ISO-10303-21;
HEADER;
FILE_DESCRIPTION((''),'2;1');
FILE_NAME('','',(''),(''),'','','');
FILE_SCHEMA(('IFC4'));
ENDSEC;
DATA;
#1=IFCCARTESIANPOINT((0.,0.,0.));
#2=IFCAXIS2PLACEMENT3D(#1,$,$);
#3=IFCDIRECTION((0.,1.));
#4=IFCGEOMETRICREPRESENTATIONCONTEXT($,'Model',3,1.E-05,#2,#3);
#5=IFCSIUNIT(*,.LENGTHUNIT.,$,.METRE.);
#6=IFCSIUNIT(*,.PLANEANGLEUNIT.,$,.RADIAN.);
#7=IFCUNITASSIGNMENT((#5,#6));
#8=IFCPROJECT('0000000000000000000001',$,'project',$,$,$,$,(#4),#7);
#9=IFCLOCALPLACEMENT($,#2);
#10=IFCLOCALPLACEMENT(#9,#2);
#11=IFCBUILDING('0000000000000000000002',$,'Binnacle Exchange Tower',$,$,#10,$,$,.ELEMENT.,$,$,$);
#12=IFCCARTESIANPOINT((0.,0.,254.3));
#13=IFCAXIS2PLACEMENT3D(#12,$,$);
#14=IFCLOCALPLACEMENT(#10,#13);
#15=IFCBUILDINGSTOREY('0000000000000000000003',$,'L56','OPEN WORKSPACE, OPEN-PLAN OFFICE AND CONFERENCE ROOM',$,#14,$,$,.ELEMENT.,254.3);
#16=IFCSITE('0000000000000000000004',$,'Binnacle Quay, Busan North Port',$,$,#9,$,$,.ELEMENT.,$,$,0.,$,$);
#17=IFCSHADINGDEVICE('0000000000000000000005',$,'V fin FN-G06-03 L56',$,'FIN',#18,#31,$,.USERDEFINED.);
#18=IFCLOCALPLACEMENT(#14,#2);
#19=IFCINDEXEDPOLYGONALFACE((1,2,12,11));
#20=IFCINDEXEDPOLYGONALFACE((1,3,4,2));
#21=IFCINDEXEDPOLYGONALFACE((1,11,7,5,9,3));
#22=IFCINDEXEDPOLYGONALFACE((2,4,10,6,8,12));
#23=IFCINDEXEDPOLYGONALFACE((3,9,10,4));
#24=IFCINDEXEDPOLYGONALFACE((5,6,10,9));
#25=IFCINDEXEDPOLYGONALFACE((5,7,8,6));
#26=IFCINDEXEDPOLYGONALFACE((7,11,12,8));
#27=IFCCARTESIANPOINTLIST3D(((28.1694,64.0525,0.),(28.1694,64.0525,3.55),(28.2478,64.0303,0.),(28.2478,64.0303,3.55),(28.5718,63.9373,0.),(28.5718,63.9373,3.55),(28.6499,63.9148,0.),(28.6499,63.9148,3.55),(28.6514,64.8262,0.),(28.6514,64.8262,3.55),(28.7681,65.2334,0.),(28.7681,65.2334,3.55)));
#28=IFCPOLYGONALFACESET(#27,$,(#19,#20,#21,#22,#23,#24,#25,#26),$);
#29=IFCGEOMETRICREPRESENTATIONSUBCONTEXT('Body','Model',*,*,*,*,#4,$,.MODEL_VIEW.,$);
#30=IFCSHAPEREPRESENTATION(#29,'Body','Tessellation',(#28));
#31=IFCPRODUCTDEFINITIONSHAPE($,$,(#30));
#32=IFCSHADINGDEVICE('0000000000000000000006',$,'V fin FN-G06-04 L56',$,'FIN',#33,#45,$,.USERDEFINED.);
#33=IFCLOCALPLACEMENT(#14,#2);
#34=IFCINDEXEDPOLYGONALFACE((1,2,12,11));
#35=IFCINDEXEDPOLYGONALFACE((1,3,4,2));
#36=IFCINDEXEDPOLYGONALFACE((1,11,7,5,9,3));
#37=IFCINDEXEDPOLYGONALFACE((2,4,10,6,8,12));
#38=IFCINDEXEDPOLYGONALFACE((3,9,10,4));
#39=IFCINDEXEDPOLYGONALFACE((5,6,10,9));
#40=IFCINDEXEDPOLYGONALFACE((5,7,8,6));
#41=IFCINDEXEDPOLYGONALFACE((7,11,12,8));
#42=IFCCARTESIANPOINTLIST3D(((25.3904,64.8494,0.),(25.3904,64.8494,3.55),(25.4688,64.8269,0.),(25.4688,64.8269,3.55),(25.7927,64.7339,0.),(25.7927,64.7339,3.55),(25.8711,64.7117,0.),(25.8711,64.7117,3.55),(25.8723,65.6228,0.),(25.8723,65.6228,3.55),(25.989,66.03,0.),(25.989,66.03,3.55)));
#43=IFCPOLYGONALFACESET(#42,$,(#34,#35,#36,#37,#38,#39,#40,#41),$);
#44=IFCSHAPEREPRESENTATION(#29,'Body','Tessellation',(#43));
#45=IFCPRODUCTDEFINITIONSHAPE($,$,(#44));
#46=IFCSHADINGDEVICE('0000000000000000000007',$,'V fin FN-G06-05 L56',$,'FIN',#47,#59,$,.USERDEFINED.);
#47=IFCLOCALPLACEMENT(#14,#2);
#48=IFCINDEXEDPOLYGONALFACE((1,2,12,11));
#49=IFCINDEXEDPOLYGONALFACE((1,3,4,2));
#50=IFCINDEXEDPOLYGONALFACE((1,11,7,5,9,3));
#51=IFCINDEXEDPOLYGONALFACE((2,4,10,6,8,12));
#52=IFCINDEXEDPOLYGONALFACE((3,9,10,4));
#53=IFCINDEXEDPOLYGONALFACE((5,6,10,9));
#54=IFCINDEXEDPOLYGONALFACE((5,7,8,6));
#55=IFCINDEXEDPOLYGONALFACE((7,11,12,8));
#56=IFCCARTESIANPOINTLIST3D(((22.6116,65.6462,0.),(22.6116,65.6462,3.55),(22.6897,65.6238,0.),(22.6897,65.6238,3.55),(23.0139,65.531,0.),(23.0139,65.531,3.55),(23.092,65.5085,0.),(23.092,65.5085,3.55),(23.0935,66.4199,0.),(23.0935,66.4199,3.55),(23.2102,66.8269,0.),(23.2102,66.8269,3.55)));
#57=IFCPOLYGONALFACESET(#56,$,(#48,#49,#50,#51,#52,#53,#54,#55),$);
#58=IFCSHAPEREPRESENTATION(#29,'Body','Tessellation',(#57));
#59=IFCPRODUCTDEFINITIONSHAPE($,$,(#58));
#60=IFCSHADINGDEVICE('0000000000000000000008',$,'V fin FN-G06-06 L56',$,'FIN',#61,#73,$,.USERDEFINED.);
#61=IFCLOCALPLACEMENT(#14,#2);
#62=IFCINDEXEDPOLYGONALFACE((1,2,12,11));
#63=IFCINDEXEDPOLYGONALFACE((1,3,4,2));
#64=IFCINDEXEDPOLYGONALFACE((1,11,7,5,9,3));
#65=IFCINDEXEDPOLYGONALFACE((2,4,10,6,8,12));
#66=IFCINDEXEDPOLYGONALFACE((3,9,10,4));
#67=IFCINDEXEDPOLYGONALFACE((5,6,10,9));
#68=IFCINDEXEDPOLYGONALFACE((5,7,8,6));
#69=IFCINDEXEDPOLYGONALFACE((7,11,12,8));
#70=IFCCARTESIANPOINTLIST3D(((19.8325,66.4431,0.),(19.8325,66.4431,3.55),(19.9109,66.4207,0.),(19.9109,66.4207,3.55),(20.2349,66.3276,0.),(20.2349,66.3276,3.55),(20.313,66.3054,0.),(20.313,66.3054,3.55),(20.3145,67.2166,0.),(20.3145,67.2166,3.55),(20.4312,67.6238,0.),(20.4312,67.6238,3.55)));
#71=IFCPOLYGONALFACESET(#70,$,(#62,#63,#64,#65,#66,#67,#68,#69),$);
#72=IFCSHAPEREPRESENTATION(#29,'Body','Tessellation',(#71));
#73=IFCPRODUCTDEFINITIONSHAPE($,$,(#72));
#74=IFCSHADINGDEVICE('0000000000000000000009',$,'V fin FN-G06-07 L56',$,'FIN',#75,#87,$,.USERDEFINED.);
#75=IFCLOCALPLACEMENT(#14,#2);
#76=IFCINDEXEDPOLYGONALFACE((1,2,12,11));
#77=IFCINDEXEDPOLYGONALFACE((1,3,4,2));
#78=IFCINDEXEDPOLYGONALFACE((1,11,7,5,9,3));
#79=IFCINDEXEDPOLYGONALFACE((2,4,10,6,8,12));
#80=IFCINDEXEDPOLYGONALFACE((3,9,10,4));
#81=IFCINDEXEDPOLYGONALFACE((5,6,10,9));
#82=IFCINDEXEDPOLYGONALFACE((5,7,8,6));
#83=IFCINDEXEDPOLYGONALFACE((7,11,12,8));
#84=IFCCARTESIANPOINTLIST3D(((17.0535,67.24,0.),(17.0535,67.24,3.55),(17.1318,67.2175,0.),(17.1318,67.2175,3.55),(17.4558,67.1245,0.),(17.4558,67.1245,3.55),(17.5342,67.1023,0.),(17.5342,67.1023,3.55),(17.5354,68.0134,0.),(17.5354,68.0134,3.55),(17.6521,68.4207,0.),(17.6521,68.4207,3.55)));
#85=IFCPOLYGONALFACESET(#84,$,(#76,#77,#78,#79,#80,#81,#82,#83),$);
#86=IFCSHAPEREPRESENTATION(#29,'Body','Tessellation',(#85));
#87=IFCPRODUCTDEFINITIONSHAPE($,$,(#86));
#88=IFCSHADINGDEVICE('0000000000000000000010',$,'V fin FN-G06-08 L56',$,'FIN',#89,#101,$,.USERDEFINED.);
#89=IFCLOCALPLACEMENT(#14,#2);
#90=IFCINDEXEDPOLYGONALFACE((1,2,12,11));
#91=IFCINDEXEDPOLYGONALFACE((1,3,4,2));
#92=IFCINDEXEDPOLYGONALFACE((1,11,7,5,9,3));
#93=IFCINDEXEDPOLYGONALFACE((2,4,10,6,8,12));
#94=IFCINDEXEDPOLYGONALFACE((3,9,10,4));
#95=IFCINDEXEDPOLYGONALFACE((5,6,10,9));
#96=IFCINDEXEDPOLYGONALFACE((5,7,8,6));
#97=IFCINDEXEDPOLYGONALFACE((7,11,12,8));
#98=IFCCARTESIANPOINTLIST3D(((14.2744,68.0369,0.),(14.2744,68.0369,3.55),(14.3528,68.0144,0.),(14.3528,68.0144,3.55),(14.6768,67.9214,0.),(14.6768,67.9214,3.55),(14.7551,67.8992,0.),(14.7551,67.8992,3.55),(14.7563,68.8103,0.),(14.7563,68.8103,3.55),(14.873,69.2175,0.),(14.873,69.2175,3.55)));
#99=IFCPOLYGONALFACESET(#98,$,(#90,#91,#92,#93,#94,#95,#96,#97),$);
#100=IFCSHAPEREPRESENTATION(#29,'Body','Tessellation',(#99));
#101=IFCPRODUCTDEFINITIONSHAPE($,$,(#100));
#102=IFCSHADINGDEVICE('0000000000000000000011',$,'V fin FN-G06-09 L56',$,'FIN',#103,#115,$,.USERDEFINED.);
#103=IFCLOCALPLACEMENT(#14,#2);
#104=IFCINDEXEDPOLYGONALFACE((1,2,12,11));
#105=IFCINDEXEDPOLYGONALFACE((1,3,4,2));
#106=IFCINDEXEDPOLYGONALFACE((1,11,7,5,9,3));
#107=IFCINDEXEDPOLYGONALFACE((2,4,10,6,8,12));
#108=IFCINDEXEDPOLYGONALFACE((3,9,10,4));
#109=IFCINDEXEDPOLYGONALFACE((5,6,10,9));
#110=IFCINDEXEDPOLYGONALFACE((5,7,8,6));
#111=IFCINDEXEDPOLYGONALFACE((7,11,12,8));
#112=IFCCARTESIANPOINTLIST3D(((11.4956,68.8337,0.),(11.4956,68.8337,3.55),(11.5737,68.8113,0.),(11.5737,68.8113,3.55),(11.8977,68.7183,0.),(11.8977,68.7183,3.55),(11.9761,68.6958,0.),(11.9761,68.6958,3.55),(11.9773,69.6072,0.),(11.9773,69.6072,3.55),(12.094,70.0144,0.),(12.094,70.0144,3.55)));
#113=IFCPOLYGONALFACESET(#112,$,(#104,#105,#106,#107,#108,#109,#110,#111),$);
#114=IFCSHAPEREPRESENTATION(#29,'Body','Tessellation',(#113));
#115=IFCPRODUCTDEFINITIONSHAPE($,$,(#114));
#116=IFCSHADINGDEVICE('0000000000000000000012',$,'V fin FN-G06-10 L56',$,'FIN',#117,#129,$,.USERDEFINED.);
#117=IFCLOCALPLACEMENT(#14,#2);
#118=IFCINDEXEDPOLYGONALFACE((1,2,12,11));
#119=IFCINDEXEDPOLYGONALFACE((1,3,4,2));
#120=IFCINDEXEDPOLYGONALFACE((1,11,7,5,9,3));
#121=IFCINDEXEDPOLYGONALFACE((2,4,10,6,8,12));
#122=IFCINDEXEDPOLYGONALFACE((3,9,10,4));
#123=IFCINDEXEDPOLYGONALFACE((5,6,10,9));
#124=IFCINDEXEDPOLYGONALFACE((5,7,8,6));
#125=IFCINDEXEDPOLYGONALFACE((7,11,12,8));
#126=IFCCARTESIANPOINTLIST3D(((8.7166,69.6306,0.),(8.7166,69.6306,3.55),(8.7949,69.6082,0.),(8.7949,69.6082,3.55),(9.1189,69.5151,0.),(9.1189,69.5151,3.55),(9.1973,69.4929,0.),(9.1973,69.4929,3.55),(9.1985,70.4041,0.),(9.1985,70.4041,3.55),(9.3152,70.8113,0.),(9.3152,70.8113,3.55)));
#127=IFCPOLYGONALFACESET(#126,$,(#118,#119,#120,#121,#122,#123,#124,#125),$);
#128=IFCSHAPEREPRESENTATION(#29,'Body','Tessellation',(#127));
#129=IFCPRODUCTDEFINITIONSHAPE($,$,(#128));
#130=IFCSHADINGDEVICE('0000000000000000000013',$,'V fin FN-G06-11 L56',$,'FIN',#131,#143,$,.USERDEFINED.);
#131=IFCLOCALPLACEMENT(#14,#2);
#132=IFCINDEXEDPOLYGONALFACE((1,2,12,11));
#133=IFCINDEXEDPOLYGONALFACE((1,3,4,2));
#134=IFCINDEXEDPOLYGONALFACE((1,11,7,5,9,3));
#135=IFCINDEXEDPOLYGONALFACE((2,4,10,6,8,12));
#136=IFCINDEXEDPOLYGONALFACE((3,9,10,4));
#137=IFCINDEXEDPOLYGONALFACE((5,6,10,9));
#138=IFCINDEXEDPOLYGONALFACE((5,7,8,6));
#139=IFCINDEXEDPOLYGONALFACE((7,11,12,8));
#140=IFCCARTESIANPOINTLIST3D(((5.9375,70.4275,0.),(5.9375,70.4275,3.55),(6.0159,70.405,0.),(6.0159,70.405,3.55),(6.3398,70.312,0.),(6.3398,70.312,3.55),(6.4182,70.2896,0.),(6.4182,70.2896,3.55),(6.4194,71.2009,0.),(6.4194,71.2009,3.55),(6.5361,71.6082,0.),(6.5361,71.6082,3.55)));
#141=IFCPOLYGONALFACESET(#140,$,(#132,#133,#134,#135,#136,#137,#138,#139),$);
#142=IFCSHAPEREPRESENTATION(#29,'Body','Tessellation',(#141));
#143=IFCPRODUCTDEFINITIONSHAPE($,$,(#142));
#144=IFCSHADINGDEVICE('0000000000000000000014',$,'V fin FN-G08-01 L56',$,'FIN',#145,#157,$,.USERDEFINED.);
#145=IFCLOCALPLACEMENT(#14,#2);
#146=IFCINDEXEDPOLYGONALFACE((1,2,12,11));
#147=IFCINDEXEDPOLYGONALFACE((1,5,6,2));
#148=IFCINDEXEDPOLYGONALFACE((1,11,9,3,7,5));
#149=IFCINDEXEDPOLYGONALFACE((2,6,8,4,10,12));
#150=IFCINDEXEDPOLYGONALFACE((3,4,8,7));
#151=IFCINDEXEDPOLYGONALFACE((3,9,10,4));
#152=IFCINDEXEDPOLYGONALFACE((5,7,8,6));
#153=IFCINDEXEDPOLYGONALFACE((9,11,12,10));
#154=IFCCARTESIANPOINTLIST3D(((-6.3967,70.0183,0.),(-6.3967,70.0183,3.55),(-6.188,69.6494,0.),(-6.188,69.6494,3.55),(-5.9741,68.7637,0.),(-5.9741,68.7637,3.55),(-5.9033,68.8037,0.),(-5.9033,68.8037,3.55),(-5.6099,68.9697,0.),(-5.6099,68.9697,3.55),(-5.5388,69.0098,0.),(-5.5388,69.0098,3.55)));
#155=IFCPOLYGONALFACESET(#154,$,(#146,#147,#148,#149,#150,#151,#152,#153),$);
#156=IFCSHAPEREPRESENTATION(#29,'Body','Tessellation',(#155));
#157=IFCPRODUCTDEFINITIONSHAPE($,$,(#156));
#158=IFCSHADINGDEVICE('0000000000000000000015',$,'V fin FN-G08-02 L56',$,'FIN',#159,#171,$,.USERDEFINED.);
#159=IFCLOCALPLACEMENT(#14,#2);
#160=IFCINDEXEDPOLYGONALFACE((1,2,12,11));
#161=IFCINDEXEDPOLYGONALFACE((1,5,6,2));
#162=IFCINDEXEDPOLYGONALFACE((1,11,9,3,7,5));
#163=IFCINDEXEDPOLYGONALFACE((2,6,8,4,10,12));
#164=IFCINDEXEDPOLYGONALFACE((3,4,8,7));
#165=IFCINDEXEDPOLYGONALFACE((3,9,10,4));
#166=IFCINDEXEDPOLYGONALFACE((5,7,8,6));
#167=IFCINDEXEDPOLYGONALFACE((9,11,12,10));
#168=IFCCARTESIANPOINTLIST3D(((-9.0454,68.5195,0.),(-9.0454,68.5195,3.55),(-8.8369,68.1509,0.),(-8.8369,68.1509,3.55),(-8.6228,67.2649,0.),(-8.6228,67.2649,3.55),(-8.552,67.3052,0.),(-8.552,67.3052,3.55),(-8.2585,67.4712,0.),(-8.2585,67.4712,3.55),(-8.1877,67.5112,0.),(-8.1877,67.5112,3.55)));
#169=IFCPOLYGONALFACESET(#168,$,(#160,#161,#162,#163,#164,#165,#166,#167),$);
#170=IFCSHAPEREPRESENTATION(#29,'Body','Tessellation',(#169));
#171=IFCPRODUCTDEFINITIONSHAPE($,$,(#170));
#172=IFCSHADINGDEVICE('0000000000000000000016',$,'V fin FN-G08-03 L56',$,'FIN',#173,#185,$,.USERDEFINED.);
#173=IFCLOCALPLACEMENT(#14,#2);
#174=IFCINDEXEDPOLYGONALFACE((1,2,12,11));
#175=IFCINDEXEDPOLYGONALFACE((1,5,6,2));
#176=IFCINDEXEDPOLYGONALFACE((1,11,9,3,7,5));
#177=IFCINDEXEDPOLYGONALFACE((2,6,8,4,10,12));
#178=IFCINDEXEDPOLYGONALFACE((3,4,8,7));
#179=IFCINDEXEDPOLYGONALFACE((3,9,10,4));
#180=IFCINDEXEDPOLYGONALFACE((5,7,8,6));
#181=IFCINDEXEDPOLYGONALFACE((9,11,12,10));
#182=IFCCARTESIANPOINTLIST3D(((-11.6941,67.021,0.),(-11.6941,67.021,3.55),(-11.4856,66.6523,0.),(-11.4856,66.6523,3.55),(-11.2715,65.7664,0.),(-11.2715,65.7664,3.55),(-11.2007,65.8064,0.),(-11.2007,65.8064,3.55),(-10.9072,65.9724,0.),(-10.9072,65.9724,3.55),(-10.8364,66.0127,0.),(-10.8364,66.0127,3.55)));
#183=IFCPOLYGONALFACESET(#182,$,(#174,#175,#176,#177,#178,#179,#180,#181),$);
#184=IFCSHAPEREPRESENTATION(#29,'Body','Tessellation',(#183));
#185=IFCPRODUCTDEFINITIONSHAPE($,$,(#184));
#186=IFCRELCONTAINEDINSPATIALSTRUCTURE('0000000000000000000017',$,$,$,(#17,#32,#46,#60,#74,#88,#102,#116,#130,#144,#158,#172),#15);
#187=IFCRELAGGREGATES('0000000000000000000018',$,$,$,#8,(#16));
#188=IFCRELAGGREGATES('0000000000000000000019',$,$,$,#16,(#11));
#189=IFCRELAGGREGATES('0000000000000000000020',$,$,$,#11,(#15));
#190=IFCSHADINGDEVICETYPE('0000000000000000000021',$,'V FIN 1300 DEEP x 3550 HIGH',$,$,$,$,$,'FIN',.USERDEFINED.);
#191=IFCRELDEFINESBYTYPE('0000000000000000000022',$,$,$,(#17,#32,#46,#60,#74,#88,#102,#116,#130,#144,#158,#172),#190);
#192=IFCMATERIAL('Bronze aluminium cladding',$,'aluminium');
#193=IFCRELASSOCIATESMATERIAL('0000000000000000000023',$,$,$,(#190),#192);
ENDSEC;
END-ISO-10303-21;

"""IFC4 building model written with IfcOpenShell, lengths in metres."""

from ifc_helpers import new_model, si_unit, direction, frame, origin, place, context, subcontext, project, spatial, polyline, outline, extrude, material, type_object, element, save


model = new_model("IFC4")

# Units and contexts
model_context = context("Model", 3, precision=1e-05, world=origin(), true_north=direction((0.0, 1.0)))
body_context = subcontext(model_context, "Body", "Model", "MODEL_VIEW")
ifc_project = project(units=[si_unit("LENGTHUNIT", "METRE"), si_unit("PLANEANGLEUNIT", "RADIAN")], contexts=[model_context])

# Site, building, storey
site_placement = place(None, origin())
site = spatial("IfcSite", under=ifc_project, at=site_placement, Name="Binnacle Quay, Busan North Port", CompositionType="ELEMENT", RefElevation=0.0)
building_placement = place(site_placement, origin())
building = spatial("IfcBuilding", under=site, at=building_placement, Name="Binnacle Exchange Tower", CompositionType="ELEMENT")
storey_placement = place(building_placement, frame((0.0, 0.0, 254.3)))
storey = spatial("IfcBuildingStorey", under=building, at=storey_placement, Name="L56", Description="OPEN WORKSPACE, OPEN-PLAN OFFICE AND CONFERENCE ROOM", CompositionType="ELEMENT", Elevation=254.3)

# Shading devices
ifc_material_1 = material(Name="Bronze aluminium cladding", Category="aluminium")
shading_device_type = type_object("IfcShadingDeviceType", Name="V FIN 1300 DEEP x 3550 HIGH", ElementType="FIN", PredefinedType="USERDEFINED", material=ifc_material_1)
shading_device_1_placement = place(storey_placement, origin())
element("IfcShadingDevice", 1, at=shading_device_1_placement, inside=storey, type_object=shading_device_type, Name="V fin FN-G06-03 L56", ObjectType="FIN", PredefinedType="USERDEFINED", context=body_context, shape_type="SweptSolid", body=[
    extrude(outline(polyline([(28.6499, 63.9148), (28.7681, 65.2334), (28.1694, 64.0525), (28.2478, 64.0303), (28.6514, 64.8262), (28.5718, 63.9373), (28.6499, 63.9148)])), origin(), (0.0, 0.0, 1.0), 3.55),
])
shading_device_2_placement = place(storey_placement, origin())
element("IfcShadingDevice", 2, at=shading_device_2_placement, inside=storey, type_object=shading_device_type, Name="V fin FN-G06-04 L56", ObjectType="FIN", PredefinedType="USERDEFINED", context=body_context, shape_type="SweptSolid", body=[
    extrude(outline(polyline([(25.8711, 64.7117), (25.989, 66.03), (25.3904, 64.8494), (25.4688, 64.8269), (25.8723, 65.6228), (25.7927, 64.7339), (25.8711, 64.7117)])), origin(), (0.0, 0.0, 1.0), 3.55),
])
shading_device_3_placement = place(storey_placement, origin())
element("IfcShadingDevice", 3, at=shading_device_3_placement, inside=storey, type_object=shading_device_type, Name="V fin FN-G06-05 L56", ObjectType="FIN", PredefinedType="USERDEFINED", context=body_context, shape_type="SweptSolid", body=[
    extrude(outline(polyline([(23.092, 65.5085), (23.2102, 66.8269), (22.6116, 65.6462), (22.6897, 65.6238), (23.0935, 66.4199), (23.0139, 65.531), (23.092, 65.5085)])), origin(), (0.0, 0.0, 1.0), 3.55),
])
shading_device_4_placement = place(storey_placement, origin())
element("IfcShadingDevice", 4, at=shading_device_4_placement, inside=storey, type_object=shading_device_type, Name="V fin FN-G06-06 L56", ObjectType="FIN", PredefinedType="USERDEFINED", context=body_context, shape_type="SweptSolid", body=[
    extrude(outline(polyline([(20.313, 66.3054), (20.4312, 67.6238), (19.8325, 66.4431), (19.9109, 66.4207), (20.3145, 67.2166), (20.2349, 66.3276), (20.313, 66.3054)])), origin(), (0.0, 0.0, 1.0), 3.55),
])
shading_device_5_placement = place(storey_placement, origin())
element("IfcShadingDevice", 5, at=shading_device_5_placement, inside=storey, type_object=shading_device_type, Name="V fin FN-G06-07 L56", ObjectType="FIN", PredefinedType="USERDEFINED", context=body_context, shape_type="SweptSolid", body=[
    extrude(outline(polyline([(17.5342, 67.1023), (17.6521, 68.4207), (17.0535, 67.24), (17.1318, 67.2175), (17.5354, 68.0134), (17.4558, 67.1245), (17.5342, 67.1023)])), origin(), (0.0, 0.0, 1.0), 3.55),
])
shading_device_6_placement = place(storey_placement, origin())
element("IfcShadingDevice", 6, at=shading_device_6_placement, inside=storey, type_object=shading_device_type, Name="V fin FN-G06-08 L56", ObjectType="FIN", PredefinedType="USERDEFINED", context=body_context, shape_type="SweptSolid", body=[
    extrude(outline(polyline([(14.7551, 67.8992), (14.873, 69.2175), (14.2744, 68.0369), (14.3528, 68.0144), (14.7563, 68.8103), (14.6768, 67.9214), (14.7551, 67.8992)])), origin(), (0.0, 0.0, 1.0), 3.55),
])
shading_device_7_placement = place(storey_placement, origin())
element("IfcShadingDevice", 7, at=shading_device_7_placement, inside=storey, type_object=shading_device_type, Name="V fin FN-G06-09 L56", ObjectType="FIN", PredefinedType="USERDEFINED", context=body_context, shape_type="SweptSolid", body=[
    extrude(outline(polyline([(11.9761, 68.6958), (12.094, 70.0144), (11.4956, 68.8337), (11.5737, 68.8113), (11.9773, 69.6072), (11.8977, 68.7183), (11.9761, 68.6958)])), origin(), (0.0, 0.0, 1.0), 3.55),
])
shading_device_8_placement = place(storey_placement, origin())
element("IfcShadingDevice", 8, at=shading_device_8_placement, inside=storey, type_object=shading_device_type, Name="V fin FN-G06-10 L56", ObjectType="FIN", PredefinedType="USERDEFINED", context=body_context, shape_type="SweptSolid", body=[
    extrude(outline(polyline([(9.1973, 69.4929), (9.3152, 70.8113), (8.7166, 69.6306), (8.7949, 69.6082), (9.1985, 70.4041), (9.1189, 69.5151), (9.1973, 69.4929)])), origin(), (0.0, 0.0, 1.0), 3.55),
])
shading_device_9_placement = place(storey_placement, origin())
element("IfcShadingDevice", 9, at=shading_device_9_placement, inside=storey, type_object=shading_device_type, Name="V fin FN-G06-11 L56", ObjectType="FIN", PredefinedType="USERDEFINED", context=body_context, shape_type="SweptSolid", body=[
    extrude(outline(polyline([(6.4182, 70.2896), (6.5361, 71.6082), (5.9375, 70.4275), (6.0159, 70.405), (6.4194, 71.2009), (6.3398, 70.312), (6.4182, 70.2896)])), origin(), (0.0, 0.0, 1.0), 3.55),
])
shading_device_10_placement = place(storey_placement, origin())
element("IfcShadingDevice", 10, at=shading_device_10_placement, inside=storey, type_object=shading_device_type, Name="V fin FN-G08-01 L56", ObjectType="FIN", PredefinedType="USERDEFINED", context=body_context, shape_type="SweptSolid", body=[
    extrude(outline(polyline([(-5.5388, 69.0098), (-6.3967, 70.0183), (-5.9741, 68.7637), (-5.9033, 68.8037), (-6.188, 69.6494), (-5.6099, 68.9697), (-5.5388, 69.0098)])), origin(), (0.0, 0.0, 1.0), 3.55),
])
shading_device_11_placement = place(storey_placement, origin())
element("IfcShadingDevice", 11, at=shading_device_11_placement, inside=storey, type_object=shading_device_type, Name="V fin FN-G08-02 L56", ObjectType="FIN", PredefinedType="USERDEFINED", context=body_context, shape_type="SweptSolid", body=[
    extrude(outline(polyline([(-8.1877, 67.5112), (-9.0454, 68.5195), (-8.6228, 67.2649), (-8.552, 67.3052), (-8.8369, 68.1509), (-8.2585, 67.4712), (-8.1877, 67.5112)])), origin(), (0.0, 0.0, 1.0), 3.55),
])
shading_device_12_placement = place(storey_placement, origin())
element("IfcShadingDevice", 12, at=shading_device_12_placement, inside=storey, type_object=shading_device_type, Name="V fin FN-G08-03 L56", ObjectType="FIN", PredefinedType="USERDEFINED", context=body_context, shape_type="SweptSolid", body=[
    extrude(outline(polyline([(-10.8364, 66.0127), (-11.6941, 67.021), (-11.2715, 65.7664), (-11.2007, 65.8064), (-11.4856, 66.6523), (-10.9072, 65.9724), (-10.8364, 66.0127)])), origin(), (0.0, 0.0, 1.0), 3.55),
])

save(model, "model.ifc")
